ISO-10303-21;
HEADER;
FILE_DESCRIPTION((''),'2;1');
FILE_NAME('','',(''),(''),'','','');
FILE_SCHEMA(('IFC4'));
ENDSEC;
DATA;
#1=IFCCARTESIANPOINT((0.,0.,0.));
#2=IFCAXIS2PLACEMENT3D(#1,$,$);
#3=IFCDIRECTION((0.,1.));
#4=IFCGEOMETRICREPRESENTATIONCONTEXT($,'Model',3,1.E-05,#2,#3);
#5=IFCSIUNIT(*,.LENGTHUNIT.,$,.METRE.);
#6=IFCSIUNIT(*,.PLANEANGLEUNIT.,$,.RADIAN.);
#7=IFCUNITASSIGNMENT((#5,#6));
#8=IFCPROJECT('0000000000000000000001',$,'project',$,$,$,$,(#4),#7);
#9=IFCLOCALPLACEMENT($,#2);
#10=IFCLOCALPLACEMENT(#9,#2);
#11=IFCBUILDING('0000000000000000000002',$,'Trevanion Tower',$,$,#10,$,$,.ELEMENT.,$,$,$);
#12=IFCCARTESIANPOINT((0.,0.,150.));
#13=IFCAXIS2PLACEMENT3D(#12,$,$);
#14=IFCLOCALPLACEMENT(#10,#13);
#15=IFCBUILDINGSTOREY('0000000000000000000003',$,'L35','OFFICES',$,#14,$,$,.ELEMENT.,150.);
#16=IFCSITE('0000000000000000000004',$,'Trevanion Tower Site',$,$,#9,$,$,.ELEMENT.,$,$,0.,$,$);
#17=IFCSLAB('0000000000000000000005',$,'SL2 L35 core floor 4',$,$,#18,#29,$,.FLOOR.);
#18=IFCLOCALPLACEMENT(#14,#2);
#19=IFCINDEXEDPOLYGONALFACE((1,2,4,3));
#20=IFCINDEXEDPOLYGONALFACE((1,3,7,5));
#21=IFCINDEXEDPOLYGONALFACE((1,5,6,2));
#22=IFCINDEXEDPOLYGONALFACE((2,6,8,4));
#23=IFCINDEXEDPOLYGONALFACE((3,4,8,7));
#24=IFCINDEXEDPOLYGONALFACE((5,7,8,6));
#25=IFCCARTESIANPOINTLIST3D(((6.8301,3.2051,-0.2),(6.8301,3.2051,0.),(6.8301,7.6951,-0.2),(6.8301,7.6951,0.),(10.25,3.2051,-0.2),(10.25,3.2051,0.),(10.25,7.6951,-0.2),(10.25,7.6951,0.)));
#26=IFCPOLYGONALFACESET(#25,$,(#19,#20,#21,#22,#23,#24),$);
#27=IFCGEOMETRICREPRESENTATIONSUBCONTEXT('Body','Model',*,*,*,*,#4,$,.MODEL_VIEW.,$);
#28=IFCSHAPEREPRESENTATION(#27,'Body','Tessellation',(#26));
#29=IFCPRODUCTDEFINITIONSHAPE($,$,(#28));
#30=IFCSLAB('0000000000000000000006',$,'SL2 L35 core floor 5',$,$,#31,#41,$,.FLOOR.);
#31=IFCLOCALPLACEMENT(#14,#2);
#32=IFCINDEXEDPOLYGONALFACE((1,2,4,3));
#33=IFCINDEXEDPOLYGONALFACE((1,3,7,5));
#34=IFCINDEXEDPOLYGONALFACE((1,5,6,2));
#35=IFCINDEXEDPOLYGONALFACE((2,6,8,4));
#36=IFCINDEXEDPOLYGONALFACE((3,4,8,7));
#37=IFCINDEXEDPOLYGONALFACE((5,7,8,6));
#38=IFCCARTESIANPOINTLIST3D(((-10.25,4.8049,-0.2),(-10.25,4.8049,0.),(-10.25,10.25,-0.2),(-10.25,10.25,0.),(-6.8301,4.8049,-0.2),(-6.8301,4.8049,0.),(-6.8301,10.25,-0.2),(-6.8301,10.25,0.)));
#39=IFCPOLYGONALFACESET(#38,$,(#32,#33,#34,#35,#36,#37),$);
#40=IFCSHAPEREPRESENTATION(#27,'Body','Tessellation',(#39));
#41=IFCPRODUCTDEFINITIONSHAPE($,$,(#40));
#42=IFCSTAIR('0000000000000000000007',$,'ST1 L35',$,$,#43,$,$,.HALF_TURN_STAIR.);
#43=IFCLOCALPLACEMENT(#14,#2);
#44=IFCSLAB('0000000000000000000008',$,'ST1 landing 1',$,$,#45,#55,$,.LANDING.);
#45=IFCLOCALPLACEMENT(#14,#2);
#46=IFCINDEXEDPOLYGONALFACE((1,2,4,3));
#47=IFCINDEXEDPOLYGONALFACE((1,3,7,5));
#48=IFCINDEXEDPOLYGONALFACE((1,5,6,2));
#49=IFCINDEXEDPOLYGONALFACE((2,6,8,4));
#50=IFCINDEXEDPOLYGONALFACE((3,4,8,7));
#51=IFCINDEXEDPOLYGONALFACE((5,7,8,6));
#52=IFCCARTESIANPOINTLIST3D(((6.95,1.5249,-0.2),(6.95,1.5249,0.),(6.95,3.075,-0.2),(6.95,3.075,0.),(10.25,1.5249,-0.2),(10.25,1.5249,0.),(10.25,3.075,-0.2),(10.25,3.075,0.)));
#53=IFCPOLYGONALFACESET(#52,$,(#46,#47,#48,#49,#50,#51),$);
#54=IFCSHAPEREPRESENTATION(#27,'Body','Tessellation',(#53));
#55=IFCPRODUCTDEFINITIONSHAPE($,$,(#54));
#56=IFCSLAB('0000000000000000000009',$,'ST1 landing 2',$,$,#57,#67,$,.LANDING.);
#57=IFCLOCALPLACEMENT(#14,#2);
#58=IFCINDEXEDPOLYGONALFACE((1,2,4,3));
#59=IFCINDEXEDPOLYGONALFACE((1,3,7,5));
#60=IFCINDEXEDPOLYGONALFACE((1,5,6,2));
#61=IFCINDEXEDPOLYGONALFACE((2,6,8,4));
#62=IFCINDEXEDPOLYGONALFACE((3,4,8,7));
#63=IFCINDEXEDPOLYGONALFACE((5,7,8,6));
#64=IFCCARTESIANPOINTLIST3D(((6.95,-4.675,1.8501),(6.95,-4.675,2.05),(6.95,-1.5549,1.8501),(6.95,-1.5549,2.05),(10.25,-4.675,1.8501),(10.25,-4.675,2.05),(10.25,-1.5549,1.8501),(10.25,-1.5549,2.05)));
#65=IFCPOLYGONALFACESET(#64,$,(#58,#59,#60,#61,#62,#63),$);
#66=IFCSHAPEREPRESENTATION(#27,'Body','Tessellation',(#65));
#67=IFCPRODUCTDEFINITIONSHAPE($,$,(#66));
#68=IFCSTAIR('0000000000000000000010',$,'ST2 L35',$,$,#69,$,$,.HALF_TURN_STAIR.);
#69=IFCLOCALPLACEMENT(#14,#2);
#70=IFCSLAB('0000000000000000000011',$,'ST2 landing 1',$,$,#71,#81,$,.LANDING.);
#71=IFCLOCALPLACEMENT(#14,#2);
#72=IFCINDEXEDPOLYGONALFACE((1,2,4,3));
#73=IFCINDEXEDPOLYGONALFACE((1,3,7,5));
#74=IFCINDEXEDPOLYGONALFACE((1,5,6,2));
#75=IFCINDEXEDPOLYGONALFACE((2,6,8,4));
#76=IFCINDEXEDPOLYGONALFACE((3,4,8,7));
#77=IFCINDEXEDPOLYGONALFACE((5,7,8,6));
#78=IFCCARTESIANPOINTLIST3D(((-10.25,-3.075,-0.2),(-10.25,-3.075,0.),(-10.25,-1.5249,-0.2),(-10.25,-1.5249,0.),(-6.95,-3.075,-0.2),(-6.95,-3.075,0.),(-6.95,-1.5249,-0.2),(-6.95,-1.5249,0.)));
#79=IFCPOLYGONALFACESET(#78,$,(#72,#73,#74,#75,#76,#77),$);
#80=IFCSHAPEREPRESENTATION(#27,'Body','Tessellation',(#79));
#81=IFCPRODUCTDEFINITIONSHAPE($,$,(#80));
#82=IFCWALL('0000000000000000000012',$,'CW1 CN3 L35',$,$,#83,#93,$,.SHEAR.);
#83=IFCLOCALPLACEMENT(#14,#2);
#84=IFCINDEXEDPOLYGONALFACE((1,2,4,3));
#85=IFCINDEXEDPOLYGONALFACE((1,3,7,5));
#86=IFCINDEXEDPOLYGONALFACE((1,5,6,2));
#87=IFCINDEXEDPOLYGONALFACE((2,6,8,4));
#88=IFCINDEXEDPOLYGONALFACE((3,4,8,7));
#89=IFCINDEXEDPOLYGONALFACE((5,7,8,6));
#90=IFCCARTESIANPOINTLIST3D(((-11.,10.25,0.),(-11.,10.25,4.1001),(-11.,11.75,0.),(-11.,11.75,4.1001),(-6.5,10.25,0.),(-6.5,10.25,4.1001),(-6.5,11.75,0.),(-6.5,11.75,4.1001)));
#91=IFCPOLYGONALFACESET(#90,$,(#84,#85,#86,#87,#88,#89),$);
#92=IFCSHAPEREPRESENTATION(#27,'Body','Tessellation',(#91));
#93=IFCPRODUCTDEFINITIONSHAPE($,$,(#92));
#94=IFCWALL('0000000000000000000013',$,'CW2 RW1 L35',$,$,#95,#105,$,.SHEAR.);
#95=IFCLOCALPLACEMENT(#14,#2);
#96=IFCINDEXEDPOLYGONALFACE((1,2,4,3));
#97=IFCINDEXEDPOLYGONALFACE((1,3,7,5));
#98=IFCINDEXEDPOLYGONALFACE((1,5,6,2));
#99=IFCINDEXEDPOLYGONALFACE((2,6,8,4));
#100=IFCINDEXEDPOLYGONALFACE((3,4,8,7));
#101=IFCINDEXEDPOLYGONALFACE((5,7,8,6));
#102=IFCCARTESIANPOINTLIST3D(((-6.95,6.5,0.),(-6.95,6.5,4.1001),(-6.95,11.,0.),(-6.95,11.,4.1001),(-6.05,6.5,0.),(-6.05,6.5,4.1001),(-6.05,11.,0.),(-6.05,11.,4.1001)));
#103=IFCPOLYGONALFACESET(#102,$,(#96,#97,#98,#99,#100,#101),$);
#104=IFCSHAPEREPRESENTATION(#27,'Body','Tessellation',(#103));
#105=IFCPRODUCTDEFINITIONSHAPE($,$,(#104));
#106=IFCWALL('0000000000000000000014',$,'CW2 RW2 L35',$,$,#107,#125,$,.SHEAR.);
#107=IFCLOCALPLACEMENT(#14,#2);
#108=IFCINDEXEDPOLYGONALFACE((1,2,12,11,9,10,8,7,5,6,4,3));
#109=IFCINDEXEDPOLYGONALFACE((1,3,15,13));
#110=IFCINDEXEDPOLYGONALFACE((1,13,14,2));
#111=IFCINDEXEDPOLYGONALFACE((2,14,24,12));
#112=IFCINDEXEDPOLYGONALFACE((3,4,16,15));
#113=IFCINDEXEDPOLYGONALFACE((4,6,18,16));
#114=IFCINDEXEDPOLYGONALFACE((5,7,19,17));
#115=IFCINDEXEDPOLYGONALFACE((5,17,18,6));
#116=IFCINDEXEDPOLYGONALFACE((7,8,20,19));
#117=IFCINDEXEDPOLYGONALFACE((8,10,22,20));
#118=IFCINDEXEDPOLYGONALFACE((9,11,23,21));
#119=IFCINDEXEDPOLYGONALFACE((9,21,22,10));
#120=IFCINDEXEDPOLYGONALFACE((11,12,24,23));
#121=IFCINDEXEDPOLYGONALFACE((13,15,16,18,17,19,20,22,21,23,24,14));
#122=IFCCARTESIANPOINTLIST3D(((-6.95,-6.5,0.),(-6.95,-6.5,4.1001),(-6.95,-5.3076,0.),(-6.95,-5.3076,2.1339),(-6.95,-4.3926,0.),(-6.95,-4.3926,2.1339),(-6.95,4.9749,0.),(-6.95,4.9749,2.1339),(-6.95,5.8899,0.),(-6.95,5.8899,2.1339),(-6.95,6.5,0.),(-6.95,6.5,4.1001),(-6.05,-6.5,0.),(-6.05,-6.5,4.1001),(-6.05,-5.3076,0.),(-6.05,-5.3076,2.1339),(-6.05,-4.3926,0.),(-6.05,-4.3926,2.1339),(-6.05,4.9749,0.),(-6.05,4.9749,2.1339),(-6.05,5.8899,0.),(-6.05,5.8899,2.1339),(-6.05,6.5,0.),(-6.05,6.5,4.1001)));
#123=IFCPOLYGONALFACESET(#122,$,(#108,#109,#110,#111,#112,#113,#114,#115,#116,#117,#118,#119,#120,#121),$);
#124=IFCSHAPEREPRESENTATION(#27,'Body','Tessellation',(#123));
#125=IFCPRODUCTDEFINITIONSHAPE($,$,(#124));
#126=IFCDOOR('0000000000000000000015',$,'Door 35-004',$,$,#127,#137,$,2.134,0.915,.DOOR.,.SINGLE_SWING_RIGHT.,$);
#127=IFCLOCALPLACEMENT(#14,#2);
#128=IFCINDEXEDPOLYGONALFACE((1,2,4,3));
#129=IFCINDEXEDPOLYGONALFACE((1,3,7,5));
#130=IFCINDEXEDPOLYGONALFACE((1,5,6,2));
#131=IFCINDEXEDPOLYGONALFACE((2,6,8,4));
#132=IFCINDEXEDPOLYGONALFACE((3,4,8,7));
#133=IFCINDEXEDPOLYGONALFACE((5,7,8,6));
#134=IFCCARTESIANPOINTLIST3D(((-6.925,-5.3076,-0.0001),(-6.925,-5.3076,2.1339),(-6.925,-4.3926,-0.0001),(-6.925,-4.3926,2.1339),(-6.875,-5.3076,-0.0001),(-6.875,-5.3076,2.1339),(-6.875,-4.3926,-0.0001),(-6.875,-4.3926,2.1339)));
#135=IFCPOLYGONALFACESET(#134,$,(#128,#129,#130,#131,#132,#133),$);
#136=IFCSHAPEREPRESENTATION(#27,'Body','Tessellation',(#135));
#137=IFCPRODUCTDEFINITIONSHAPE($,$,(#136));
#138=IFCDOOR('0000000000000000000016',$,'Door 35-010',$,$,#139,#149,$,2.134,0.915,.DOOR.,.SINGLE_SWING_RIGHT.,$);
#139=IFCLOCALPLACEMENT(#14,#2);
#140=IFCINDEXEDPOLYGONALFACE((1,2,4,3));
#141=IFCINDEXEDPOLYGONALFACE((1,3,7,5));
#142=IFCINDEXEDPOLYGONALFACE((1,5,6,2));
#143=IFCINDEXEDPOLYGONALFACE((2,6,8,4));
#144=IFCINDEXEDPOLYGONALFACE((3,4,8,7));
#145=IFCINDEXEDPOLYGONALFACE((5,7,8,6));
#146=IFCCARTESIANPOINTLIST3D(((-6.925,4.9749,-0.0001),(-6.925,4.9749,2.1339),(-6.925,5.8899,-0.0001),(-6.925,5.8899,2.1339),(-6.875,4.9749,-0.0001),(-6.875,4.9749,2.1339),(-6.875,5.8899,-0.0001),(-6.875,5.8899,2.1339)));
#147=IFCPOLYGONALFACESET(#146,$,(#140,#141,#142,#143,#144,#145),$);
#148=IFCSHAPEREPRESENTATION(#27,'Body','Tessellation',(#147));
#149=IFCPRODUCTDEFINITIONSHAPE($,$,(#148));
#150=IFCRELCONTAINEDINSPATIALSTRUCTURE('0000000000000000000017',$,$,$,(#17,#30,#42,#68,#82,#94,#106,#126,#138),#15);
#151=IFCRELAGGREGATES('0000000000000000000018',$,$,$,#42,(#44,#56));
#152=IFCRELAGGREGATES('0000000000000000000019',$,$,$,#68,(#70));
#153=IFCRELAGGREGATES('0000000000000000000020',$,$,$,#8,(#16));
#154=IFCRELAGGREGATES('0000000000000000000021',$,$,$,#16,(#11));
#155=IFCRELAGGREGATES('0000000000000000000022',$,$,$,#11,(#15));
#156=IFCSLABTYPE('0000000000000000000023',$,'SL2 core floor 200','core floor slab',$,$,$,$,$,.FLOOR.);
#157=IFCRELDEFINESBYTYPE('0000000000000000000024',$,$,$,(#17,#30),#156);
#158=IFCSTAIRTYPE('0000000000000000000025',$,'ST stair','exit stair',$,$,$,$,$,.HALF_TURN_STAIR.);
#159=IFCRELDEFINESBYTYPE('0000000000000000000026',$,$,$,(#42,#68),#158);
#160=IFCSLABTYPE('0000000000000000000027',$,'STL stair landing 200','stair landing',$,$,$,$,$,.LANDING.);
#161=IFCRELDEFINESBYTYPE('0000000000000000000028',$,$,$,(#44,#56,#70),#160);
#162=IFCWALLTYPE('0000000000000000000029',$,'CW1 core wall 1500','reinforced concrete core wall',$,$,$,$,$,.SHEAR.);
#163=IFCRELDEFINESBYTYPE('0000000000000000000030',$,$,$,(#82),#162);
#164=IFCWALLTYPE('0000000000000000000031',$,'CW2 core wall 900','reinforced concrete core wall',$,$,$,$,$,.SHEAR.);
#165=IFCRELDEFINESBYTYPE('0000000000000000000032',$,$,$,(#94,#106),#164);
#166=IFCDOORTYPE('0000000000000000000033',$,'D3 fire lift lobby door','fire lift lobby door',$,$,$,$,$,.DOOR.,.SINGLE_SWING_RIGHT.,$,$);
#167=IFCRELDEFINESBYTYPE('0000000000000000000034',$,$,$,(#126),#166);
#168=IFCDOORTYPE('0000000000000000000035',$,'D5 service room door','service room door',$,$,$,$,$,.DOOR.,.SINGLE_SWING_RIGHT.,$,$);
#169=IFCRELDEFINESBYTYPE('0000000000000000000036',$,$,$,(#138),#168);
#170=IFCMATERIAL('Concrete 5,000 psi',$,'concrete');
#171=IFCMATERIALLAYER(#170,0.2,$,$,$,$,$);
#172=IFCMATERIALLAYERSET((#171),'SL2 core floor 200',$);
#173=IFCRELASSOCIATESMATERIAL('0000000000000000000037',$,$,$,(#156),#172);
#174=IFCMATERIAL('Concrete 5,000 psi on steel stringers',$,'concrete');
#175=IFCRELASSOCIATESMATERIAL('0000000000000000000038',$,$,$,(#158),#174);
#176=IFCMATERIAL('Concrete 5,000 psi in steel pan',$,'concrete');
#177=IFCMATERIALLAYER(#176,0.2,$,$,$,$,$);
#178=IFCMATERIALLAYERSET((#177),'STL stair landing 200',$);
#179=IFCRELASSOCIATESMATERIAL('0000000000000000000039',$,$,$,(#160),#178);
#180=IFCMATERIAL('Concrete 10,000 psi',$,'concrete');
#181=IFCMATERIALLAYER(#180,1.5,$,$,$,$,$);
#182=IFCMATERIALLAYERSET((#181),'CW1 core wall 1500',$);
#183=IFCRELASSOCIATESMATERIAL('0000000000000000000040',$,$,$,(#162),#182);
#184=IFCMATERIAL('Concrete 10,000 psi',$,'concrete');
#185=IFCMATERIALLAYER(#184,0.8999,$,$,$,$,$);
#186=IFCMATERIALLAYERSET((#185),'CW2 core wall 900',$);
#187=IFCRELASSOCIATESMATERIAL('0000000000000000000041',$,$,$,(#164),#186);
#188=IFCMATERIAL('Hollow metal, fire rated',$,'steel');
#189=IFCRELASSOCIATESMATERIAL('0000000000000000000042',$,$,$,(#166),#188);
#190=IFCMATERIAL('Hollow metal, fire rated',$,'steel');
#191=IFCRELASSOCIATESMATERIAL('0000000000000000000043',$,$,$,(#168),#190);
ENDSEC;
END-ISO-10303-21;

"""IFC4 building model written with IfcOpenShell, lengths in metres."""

from ifc_helpers import new_model, si_unit, direction, frame, frame_2d, origin, place, context, subcontext, project, spatial, polyline, rectangle, outline, extrude, material, layer, layer_set, type_object, element, fill, aggregate, save


model = new_model("IFC4")

# Units and contexts
model_context = context("Model", 3, precision=1e-05, world=origin(), true_north=direction((0.0, 1.0)))
body_context = subcontext(model_context, "Body", "Model", "MODEL_VIEW")
ifc_project = project(units=[si_unit("LENGTHUNIT", "METRE"), si_unit("PLANEANGLEUNIT", "RADIAN")], contexts=[model_context])

# Site, building, storey
site_placement = place(None, origin())
site = spatial("IfcSite", under=ifc_project, at=site_placement, Name="Trevanion Tower Site", CompositionType="ELEMENT", RefElevation=0.0)
building_placement = place(site_placement, origin())
building = spatial("IfcBuilding", under=site, at=building_placement, Name="Trevanion Tower", CompositionType="ELEMENT")
storey_placement = place(building_placement, frame((0.0, 0.0, 150.0)))
storey = spatial("IfcBuildingStorey", under=building, at=storey_placement, Name="L35", Description="OFFICES", CompositionType="ELEMENT", Elevation=150.0)

# Slabs
ifc_material_1 = material(Name="Concrete 5,000 psi", Category="concrete")
ifc_layer_1 = layer(ifc_material_1, 0.2)
ifc_layer_set_1 = layer_set([ifc_layer_1], Name="SL2 core floor 200")
slab_type_1 = type_object("IfcSlabType", Name="SL2 core floor 200", Description="core floor slab", PredefinedType="FLOOR", material=ifc_layer_set_1)
slab_1_placement = place(storey_placement, frame((0.0, 0.0, -0.2)))
element("IfcSlab", 1, at=slab_1_placement, inside=storey, type_object=slab_type_1, Name="SL2 L35 core floor 4", PredefinedType="FLOOR", context=body_context, shape_type="SweptSolid", body=[
    extrude(outline(polyline([(6.8301, 3.2051), (6.8301, 7.6951), (10.25, 7.6951), (10.25, 3.2051), (6.8301, 3.2051)])), origin(), (0.0, 0.0, 1.0), 0.2),
])
slab_2_placement = place(storey_placement, frame((0.0, 0.0, -0.2)))
element("IfcSlab", 2, at=slab_2_placement, inside=storey, type_object=slab_type_1, Name="SL2 L35 core floor 5", PredefinedType="FLOOR", context=body_context, shape_type="SweptSolid", body=[
    extrude(outline(polyline([(-6.8301, 4.8049), (-10.25, 4.8049), (-10.25, 10.25), (-6.8301, 10.25), (-6.8301, 4.8049)])), origin(), (0.0, 0.0, 1.0), 0.2),
])

# Stair, slabs
ifc_material_2 = material(Name="Concrete 5,000 psi on steel stringers", Category="concrete")
stair_type = type_object("IfcStairType", Name="ST stair", Description="exit stair", PredefinedType="HALF_TURN_STAIR", material=ifc_material_2)
stair_1_placement = place(storey_placement, origin())
stair_1 = element("IfcStair", 3, at=stair_1_placement, inside=storey, type_object=stair_type, Name="ST1 L35", PredefinedType="HALF_TURN_STAIR")
ifc_material_3 = material(Name="Concrete 5,000 psi in steel pan", Category="concrete")
ifc_layer_2 = layer(ifc_material_3, 0.2)
ifc_layer_set_2 = layer_set([ifc_layer_2], Name="STL stair landing 200")
slab_type_2 = type_object("IfcSlabType", Name="STL stair landing 200", Description="stair landing", PredefinedType="LANDING", material=ifc_layer_set_2)
slab_3_placement = place(storey_placement, frame((0.0, 0.0, -0.2)))
slab_3 = element("IfcSlab", 4, at=slab_3_placement, type_object=slab_type_2, Name="ST1 landing 1", PredefinedType="LANDING", context=body_context, shape_type="SweptSolid", body=[
    extrude(outline(polyline([(6.95, 1.5249), (10.25, 1.5249), (10.25, 3.075), (6.95, 3.075), (6.95, 1.5249)])), origin(), (0.0, 0.0, 1.0), 0.2),
])
slab_4_placement = place(storey_placement, frame((0.0, 0.0, 1.8501)))
slab_4 = element("IfcSlab", 5, at=slab_4_placement, type_object=slab_type_2, Name="ST1 landing 2", PredefinedType="LANDING", context=body_context, shape_type="SweptSolid", body=[
    extrude(outline(polyline([(6.95, -4.675), (10.25, -4.675), (10.25, -1.5549), (6.95, -1.5549), (6.95, -4.675)])), origin(), (0.0, 0.0, 1.0), 0.2),
])
aggregate(stair_1, [slab_3, slab_4])

# Stair, slab
stair_2_placement = place(storey_placement, origin())
stair_2 = element("IfcStair", 6, at=stair_2_placement, inside=storey, type_object=stair_type, Name="ST2 L35", PredefinedType="HALF_TURN_STAIR")
slab_5_placement = place(storey_placement, frame((0.0, 0.0, -0.2)))
slab_5 = element("IfcSlab", 7, at=slab_5_placement, type_object=slab_type_2, Name="ST2 landing 1", PredefinedType="LANDING", context=body_context, shape_type="SweptSolid", body=[
    extrude(outline(polyline([(-6.95, -1.5249), (-10.25, -1.5249), (-10.25, -3.075), (-6.95, -3.075), (-6.95, -1.5249)])), origin(), (0.0, 0.0, 1.0), 0.2),
])

# Walls
ifc_material_4 = material(Name="Concrete 10,000 psi", Category="concrete")
ifc_layer_3 = layer(ifc_material_4, 1.5)
ifc_layer_set_3 = layer_set([ifc_layer_3], Name="CW1 core wall 1500")
wall_type_1 = type_object("IfcWallType", Name="CW1 core wall 1500", Description="reinforced concrete core wall", PredefinedType="SHEAR", material=ifc_layer_set_3)
wall_1_placement = place(storey_placement, frame((-6.5, 11.0, 0.0), z_axis=(0.0, 0.0, 1.0), x_axis=(-1.0, 0.0, 0.0)))
element("IfcWall", 8, at=wall_1_placement, inside=storey, type_object=wall_type_1, Name="CW1 CN3 L35", PredefinedType="SHEAR", context=body_context, shape_type="SweptSolid", body=[
    extrude(rectangle(XDim=4.5, YDim=1.5, at=frame_2d((2.25, 0.0))), origin(), (0.0, 0.0, 1.0), 4.1001),
])
ifc_material_5 = material(Name="Concrete 10,000 psi", Category="concrete")
ifc_layer_4 = layer(ifc_material_5, 0.8999)
ifc_layer_set_4 = layer_set([ifc_layer_4], Name="CW2 core wall 900")
wall_type_2 = type_object("IfcWallType", Name="CW2 core wall 900", Description="reinforced concrete core wall", PredefinedType="SHEAR", material=ifc_layer_set_4)
wall_2_placement = place(storey_placement, frame((-6.5, 11.0, 0.0), z_axis=(0.0, 0.0, 1.0), x_axis=(0.0, -1.0, 0.0)))
element("IfcWall", 9, at=wall_2_placement, inside=storey, type_object=wall_type_2, Name="CW2 RW1 L35", PredefinedType="SHEAR", context=body_context, shape_type="SweptSolid", body=[
    extrude(rectangle(XDim=4.5, YDim=0.8999, at=frame_2d((2.25, 0.0))), origin(), (0.0, 0.0, 1.0), 4.1001),
])

# Wall, openings, doors
wall_3_placement = place(storey_placement, frame((-6.5, 6.5, 0.0), z_axis=(0.0, 0.0, 1.0), x_axis=(0.0, -1.0, 0.0)))
wall_3 = element("IfcWall", 10, at=wall_3_placement, inside=storey, type_object=wall_type_2, Name="CW2 RW2 L35", PredefinedType="SHEAR", context=body_context, shape_type="SweptSolid", body=[
    extrude(rectangle(XDim=13.0, YDim=0.8999, at=frame_2d((6.5, 0.0))), origin(), (0.0, 0.0, 1.0), 4.1001),
])
opening_1_placement = place(wall_3_placement, frame((10.8926, 0.0, 0.0)))
opening_1 = element("IfcOpeningElement", 11, at=opening_1_placement, cuts=wall_3, PredefinedType="OPENING", context=body_context, shape_type="SweptSolid", body=[
    extrude(rectangle(XDim=0.915, YDim=2.134, at=frame_2d((0.4575, 1.0669))), frame((0.0, 0.46, 0.0), z_axis=(0.0, -1.0, 0.0), x_axis=(1.0, 0.0, 0.0)), (0.0, 0.0, 1.0), 0.9199),
])
opening_2_placement = place(wall_3_placement, frame((0.6101, 0.0, 0.0)))
opening_2 = element("IfcOpeningElement", 12, at=opening_2_placement, cuts=wall_3, PredefinedType="OPENING", context=body_context, shape_type="SweptSolid", body=[
    extrude(rectangle(XDim=0.915, YDim=2.134, at=frame_2d((0.4575, 1.0669))), frame((0.0, 0.46, 0.0), z_axis=(0.0, -1.0, 0.0), x_axis=(1.0, 0.0, 0.0)), (0.0, 0.0, 1.0), 0.9199),
])
ifc_material_6 = material(Name="Hollow metal, fire rated", Category="steel")
door_type_1 = type_object("IfcDoorType", Name="D3 fire lift lobby door", Description="fire lift lobby door", OperationType="SINGLE_SWING_RIGHT", PredefinedType="DOOR", material=ifc_material_6)
door_1_placement = place(opening_1_placement, origin())
door_1 = element("IfcDoor", 13, at=door_1_placement, inside=storey, type_object=door_type_1, Name="Door 35-004", OperationType="SINGLE_SWING_RIGHT", OverallHeight=2.134, OverallWidth=0.915, PredefinedType="DOOR", context=body_context, shape_type="SweptSolid", body=[
    extrude(rectangle(XDim=0.915, YDim=2.134, at=frame_2d((0.4575, 1.0669))), frame((0.0, -0.375, 0.0), z_axis=(0.0, -1.0, 0.0), x_axis=(1.0, 0.0, 0.0)), (0.0, 0.0, 1.0), 0.05),
])
fill(opening_1, door_1)
ifc_material_7 = material(Name="Hollow metal, fire rated", Category="steel")
door_type_2 = type_object("IfcDoorType", Name="D5 service room door", Description="service room door", OperationType="SINGLE_SWING_RIGHT", PredefinedType="DOOR", material=ifc_material_7)
door_2_placement = place(opening_2_placement, origin())
door_2 = element("IfcDoor", 14, at=door_2_placement, inside=storey, type_object=door_type_2, Name="Door 35-010", OperationType="SINGLE_SWING_RIGHT", OverallHeight=2.134, OverallWidth=0.915, PredefinedType="DOOR", context=body_context, shape_type="SweptSolid", body=[
    extrude(rectangle(XDim=0.915, YDim=2.134, at=frame_2d((0.4575, 1.0669))), frame((0.0, -0.375, 0.0), z_axis=(0.0, -1.0, 0.0), x_axis=(1.0, 0.0, 0.0)), (0.0, 0.0, 1.0), 0.05),
])
fill(opening_2, door_2)

aggregate(stair_2, [slab_5])

save(model, "model.ifc")
